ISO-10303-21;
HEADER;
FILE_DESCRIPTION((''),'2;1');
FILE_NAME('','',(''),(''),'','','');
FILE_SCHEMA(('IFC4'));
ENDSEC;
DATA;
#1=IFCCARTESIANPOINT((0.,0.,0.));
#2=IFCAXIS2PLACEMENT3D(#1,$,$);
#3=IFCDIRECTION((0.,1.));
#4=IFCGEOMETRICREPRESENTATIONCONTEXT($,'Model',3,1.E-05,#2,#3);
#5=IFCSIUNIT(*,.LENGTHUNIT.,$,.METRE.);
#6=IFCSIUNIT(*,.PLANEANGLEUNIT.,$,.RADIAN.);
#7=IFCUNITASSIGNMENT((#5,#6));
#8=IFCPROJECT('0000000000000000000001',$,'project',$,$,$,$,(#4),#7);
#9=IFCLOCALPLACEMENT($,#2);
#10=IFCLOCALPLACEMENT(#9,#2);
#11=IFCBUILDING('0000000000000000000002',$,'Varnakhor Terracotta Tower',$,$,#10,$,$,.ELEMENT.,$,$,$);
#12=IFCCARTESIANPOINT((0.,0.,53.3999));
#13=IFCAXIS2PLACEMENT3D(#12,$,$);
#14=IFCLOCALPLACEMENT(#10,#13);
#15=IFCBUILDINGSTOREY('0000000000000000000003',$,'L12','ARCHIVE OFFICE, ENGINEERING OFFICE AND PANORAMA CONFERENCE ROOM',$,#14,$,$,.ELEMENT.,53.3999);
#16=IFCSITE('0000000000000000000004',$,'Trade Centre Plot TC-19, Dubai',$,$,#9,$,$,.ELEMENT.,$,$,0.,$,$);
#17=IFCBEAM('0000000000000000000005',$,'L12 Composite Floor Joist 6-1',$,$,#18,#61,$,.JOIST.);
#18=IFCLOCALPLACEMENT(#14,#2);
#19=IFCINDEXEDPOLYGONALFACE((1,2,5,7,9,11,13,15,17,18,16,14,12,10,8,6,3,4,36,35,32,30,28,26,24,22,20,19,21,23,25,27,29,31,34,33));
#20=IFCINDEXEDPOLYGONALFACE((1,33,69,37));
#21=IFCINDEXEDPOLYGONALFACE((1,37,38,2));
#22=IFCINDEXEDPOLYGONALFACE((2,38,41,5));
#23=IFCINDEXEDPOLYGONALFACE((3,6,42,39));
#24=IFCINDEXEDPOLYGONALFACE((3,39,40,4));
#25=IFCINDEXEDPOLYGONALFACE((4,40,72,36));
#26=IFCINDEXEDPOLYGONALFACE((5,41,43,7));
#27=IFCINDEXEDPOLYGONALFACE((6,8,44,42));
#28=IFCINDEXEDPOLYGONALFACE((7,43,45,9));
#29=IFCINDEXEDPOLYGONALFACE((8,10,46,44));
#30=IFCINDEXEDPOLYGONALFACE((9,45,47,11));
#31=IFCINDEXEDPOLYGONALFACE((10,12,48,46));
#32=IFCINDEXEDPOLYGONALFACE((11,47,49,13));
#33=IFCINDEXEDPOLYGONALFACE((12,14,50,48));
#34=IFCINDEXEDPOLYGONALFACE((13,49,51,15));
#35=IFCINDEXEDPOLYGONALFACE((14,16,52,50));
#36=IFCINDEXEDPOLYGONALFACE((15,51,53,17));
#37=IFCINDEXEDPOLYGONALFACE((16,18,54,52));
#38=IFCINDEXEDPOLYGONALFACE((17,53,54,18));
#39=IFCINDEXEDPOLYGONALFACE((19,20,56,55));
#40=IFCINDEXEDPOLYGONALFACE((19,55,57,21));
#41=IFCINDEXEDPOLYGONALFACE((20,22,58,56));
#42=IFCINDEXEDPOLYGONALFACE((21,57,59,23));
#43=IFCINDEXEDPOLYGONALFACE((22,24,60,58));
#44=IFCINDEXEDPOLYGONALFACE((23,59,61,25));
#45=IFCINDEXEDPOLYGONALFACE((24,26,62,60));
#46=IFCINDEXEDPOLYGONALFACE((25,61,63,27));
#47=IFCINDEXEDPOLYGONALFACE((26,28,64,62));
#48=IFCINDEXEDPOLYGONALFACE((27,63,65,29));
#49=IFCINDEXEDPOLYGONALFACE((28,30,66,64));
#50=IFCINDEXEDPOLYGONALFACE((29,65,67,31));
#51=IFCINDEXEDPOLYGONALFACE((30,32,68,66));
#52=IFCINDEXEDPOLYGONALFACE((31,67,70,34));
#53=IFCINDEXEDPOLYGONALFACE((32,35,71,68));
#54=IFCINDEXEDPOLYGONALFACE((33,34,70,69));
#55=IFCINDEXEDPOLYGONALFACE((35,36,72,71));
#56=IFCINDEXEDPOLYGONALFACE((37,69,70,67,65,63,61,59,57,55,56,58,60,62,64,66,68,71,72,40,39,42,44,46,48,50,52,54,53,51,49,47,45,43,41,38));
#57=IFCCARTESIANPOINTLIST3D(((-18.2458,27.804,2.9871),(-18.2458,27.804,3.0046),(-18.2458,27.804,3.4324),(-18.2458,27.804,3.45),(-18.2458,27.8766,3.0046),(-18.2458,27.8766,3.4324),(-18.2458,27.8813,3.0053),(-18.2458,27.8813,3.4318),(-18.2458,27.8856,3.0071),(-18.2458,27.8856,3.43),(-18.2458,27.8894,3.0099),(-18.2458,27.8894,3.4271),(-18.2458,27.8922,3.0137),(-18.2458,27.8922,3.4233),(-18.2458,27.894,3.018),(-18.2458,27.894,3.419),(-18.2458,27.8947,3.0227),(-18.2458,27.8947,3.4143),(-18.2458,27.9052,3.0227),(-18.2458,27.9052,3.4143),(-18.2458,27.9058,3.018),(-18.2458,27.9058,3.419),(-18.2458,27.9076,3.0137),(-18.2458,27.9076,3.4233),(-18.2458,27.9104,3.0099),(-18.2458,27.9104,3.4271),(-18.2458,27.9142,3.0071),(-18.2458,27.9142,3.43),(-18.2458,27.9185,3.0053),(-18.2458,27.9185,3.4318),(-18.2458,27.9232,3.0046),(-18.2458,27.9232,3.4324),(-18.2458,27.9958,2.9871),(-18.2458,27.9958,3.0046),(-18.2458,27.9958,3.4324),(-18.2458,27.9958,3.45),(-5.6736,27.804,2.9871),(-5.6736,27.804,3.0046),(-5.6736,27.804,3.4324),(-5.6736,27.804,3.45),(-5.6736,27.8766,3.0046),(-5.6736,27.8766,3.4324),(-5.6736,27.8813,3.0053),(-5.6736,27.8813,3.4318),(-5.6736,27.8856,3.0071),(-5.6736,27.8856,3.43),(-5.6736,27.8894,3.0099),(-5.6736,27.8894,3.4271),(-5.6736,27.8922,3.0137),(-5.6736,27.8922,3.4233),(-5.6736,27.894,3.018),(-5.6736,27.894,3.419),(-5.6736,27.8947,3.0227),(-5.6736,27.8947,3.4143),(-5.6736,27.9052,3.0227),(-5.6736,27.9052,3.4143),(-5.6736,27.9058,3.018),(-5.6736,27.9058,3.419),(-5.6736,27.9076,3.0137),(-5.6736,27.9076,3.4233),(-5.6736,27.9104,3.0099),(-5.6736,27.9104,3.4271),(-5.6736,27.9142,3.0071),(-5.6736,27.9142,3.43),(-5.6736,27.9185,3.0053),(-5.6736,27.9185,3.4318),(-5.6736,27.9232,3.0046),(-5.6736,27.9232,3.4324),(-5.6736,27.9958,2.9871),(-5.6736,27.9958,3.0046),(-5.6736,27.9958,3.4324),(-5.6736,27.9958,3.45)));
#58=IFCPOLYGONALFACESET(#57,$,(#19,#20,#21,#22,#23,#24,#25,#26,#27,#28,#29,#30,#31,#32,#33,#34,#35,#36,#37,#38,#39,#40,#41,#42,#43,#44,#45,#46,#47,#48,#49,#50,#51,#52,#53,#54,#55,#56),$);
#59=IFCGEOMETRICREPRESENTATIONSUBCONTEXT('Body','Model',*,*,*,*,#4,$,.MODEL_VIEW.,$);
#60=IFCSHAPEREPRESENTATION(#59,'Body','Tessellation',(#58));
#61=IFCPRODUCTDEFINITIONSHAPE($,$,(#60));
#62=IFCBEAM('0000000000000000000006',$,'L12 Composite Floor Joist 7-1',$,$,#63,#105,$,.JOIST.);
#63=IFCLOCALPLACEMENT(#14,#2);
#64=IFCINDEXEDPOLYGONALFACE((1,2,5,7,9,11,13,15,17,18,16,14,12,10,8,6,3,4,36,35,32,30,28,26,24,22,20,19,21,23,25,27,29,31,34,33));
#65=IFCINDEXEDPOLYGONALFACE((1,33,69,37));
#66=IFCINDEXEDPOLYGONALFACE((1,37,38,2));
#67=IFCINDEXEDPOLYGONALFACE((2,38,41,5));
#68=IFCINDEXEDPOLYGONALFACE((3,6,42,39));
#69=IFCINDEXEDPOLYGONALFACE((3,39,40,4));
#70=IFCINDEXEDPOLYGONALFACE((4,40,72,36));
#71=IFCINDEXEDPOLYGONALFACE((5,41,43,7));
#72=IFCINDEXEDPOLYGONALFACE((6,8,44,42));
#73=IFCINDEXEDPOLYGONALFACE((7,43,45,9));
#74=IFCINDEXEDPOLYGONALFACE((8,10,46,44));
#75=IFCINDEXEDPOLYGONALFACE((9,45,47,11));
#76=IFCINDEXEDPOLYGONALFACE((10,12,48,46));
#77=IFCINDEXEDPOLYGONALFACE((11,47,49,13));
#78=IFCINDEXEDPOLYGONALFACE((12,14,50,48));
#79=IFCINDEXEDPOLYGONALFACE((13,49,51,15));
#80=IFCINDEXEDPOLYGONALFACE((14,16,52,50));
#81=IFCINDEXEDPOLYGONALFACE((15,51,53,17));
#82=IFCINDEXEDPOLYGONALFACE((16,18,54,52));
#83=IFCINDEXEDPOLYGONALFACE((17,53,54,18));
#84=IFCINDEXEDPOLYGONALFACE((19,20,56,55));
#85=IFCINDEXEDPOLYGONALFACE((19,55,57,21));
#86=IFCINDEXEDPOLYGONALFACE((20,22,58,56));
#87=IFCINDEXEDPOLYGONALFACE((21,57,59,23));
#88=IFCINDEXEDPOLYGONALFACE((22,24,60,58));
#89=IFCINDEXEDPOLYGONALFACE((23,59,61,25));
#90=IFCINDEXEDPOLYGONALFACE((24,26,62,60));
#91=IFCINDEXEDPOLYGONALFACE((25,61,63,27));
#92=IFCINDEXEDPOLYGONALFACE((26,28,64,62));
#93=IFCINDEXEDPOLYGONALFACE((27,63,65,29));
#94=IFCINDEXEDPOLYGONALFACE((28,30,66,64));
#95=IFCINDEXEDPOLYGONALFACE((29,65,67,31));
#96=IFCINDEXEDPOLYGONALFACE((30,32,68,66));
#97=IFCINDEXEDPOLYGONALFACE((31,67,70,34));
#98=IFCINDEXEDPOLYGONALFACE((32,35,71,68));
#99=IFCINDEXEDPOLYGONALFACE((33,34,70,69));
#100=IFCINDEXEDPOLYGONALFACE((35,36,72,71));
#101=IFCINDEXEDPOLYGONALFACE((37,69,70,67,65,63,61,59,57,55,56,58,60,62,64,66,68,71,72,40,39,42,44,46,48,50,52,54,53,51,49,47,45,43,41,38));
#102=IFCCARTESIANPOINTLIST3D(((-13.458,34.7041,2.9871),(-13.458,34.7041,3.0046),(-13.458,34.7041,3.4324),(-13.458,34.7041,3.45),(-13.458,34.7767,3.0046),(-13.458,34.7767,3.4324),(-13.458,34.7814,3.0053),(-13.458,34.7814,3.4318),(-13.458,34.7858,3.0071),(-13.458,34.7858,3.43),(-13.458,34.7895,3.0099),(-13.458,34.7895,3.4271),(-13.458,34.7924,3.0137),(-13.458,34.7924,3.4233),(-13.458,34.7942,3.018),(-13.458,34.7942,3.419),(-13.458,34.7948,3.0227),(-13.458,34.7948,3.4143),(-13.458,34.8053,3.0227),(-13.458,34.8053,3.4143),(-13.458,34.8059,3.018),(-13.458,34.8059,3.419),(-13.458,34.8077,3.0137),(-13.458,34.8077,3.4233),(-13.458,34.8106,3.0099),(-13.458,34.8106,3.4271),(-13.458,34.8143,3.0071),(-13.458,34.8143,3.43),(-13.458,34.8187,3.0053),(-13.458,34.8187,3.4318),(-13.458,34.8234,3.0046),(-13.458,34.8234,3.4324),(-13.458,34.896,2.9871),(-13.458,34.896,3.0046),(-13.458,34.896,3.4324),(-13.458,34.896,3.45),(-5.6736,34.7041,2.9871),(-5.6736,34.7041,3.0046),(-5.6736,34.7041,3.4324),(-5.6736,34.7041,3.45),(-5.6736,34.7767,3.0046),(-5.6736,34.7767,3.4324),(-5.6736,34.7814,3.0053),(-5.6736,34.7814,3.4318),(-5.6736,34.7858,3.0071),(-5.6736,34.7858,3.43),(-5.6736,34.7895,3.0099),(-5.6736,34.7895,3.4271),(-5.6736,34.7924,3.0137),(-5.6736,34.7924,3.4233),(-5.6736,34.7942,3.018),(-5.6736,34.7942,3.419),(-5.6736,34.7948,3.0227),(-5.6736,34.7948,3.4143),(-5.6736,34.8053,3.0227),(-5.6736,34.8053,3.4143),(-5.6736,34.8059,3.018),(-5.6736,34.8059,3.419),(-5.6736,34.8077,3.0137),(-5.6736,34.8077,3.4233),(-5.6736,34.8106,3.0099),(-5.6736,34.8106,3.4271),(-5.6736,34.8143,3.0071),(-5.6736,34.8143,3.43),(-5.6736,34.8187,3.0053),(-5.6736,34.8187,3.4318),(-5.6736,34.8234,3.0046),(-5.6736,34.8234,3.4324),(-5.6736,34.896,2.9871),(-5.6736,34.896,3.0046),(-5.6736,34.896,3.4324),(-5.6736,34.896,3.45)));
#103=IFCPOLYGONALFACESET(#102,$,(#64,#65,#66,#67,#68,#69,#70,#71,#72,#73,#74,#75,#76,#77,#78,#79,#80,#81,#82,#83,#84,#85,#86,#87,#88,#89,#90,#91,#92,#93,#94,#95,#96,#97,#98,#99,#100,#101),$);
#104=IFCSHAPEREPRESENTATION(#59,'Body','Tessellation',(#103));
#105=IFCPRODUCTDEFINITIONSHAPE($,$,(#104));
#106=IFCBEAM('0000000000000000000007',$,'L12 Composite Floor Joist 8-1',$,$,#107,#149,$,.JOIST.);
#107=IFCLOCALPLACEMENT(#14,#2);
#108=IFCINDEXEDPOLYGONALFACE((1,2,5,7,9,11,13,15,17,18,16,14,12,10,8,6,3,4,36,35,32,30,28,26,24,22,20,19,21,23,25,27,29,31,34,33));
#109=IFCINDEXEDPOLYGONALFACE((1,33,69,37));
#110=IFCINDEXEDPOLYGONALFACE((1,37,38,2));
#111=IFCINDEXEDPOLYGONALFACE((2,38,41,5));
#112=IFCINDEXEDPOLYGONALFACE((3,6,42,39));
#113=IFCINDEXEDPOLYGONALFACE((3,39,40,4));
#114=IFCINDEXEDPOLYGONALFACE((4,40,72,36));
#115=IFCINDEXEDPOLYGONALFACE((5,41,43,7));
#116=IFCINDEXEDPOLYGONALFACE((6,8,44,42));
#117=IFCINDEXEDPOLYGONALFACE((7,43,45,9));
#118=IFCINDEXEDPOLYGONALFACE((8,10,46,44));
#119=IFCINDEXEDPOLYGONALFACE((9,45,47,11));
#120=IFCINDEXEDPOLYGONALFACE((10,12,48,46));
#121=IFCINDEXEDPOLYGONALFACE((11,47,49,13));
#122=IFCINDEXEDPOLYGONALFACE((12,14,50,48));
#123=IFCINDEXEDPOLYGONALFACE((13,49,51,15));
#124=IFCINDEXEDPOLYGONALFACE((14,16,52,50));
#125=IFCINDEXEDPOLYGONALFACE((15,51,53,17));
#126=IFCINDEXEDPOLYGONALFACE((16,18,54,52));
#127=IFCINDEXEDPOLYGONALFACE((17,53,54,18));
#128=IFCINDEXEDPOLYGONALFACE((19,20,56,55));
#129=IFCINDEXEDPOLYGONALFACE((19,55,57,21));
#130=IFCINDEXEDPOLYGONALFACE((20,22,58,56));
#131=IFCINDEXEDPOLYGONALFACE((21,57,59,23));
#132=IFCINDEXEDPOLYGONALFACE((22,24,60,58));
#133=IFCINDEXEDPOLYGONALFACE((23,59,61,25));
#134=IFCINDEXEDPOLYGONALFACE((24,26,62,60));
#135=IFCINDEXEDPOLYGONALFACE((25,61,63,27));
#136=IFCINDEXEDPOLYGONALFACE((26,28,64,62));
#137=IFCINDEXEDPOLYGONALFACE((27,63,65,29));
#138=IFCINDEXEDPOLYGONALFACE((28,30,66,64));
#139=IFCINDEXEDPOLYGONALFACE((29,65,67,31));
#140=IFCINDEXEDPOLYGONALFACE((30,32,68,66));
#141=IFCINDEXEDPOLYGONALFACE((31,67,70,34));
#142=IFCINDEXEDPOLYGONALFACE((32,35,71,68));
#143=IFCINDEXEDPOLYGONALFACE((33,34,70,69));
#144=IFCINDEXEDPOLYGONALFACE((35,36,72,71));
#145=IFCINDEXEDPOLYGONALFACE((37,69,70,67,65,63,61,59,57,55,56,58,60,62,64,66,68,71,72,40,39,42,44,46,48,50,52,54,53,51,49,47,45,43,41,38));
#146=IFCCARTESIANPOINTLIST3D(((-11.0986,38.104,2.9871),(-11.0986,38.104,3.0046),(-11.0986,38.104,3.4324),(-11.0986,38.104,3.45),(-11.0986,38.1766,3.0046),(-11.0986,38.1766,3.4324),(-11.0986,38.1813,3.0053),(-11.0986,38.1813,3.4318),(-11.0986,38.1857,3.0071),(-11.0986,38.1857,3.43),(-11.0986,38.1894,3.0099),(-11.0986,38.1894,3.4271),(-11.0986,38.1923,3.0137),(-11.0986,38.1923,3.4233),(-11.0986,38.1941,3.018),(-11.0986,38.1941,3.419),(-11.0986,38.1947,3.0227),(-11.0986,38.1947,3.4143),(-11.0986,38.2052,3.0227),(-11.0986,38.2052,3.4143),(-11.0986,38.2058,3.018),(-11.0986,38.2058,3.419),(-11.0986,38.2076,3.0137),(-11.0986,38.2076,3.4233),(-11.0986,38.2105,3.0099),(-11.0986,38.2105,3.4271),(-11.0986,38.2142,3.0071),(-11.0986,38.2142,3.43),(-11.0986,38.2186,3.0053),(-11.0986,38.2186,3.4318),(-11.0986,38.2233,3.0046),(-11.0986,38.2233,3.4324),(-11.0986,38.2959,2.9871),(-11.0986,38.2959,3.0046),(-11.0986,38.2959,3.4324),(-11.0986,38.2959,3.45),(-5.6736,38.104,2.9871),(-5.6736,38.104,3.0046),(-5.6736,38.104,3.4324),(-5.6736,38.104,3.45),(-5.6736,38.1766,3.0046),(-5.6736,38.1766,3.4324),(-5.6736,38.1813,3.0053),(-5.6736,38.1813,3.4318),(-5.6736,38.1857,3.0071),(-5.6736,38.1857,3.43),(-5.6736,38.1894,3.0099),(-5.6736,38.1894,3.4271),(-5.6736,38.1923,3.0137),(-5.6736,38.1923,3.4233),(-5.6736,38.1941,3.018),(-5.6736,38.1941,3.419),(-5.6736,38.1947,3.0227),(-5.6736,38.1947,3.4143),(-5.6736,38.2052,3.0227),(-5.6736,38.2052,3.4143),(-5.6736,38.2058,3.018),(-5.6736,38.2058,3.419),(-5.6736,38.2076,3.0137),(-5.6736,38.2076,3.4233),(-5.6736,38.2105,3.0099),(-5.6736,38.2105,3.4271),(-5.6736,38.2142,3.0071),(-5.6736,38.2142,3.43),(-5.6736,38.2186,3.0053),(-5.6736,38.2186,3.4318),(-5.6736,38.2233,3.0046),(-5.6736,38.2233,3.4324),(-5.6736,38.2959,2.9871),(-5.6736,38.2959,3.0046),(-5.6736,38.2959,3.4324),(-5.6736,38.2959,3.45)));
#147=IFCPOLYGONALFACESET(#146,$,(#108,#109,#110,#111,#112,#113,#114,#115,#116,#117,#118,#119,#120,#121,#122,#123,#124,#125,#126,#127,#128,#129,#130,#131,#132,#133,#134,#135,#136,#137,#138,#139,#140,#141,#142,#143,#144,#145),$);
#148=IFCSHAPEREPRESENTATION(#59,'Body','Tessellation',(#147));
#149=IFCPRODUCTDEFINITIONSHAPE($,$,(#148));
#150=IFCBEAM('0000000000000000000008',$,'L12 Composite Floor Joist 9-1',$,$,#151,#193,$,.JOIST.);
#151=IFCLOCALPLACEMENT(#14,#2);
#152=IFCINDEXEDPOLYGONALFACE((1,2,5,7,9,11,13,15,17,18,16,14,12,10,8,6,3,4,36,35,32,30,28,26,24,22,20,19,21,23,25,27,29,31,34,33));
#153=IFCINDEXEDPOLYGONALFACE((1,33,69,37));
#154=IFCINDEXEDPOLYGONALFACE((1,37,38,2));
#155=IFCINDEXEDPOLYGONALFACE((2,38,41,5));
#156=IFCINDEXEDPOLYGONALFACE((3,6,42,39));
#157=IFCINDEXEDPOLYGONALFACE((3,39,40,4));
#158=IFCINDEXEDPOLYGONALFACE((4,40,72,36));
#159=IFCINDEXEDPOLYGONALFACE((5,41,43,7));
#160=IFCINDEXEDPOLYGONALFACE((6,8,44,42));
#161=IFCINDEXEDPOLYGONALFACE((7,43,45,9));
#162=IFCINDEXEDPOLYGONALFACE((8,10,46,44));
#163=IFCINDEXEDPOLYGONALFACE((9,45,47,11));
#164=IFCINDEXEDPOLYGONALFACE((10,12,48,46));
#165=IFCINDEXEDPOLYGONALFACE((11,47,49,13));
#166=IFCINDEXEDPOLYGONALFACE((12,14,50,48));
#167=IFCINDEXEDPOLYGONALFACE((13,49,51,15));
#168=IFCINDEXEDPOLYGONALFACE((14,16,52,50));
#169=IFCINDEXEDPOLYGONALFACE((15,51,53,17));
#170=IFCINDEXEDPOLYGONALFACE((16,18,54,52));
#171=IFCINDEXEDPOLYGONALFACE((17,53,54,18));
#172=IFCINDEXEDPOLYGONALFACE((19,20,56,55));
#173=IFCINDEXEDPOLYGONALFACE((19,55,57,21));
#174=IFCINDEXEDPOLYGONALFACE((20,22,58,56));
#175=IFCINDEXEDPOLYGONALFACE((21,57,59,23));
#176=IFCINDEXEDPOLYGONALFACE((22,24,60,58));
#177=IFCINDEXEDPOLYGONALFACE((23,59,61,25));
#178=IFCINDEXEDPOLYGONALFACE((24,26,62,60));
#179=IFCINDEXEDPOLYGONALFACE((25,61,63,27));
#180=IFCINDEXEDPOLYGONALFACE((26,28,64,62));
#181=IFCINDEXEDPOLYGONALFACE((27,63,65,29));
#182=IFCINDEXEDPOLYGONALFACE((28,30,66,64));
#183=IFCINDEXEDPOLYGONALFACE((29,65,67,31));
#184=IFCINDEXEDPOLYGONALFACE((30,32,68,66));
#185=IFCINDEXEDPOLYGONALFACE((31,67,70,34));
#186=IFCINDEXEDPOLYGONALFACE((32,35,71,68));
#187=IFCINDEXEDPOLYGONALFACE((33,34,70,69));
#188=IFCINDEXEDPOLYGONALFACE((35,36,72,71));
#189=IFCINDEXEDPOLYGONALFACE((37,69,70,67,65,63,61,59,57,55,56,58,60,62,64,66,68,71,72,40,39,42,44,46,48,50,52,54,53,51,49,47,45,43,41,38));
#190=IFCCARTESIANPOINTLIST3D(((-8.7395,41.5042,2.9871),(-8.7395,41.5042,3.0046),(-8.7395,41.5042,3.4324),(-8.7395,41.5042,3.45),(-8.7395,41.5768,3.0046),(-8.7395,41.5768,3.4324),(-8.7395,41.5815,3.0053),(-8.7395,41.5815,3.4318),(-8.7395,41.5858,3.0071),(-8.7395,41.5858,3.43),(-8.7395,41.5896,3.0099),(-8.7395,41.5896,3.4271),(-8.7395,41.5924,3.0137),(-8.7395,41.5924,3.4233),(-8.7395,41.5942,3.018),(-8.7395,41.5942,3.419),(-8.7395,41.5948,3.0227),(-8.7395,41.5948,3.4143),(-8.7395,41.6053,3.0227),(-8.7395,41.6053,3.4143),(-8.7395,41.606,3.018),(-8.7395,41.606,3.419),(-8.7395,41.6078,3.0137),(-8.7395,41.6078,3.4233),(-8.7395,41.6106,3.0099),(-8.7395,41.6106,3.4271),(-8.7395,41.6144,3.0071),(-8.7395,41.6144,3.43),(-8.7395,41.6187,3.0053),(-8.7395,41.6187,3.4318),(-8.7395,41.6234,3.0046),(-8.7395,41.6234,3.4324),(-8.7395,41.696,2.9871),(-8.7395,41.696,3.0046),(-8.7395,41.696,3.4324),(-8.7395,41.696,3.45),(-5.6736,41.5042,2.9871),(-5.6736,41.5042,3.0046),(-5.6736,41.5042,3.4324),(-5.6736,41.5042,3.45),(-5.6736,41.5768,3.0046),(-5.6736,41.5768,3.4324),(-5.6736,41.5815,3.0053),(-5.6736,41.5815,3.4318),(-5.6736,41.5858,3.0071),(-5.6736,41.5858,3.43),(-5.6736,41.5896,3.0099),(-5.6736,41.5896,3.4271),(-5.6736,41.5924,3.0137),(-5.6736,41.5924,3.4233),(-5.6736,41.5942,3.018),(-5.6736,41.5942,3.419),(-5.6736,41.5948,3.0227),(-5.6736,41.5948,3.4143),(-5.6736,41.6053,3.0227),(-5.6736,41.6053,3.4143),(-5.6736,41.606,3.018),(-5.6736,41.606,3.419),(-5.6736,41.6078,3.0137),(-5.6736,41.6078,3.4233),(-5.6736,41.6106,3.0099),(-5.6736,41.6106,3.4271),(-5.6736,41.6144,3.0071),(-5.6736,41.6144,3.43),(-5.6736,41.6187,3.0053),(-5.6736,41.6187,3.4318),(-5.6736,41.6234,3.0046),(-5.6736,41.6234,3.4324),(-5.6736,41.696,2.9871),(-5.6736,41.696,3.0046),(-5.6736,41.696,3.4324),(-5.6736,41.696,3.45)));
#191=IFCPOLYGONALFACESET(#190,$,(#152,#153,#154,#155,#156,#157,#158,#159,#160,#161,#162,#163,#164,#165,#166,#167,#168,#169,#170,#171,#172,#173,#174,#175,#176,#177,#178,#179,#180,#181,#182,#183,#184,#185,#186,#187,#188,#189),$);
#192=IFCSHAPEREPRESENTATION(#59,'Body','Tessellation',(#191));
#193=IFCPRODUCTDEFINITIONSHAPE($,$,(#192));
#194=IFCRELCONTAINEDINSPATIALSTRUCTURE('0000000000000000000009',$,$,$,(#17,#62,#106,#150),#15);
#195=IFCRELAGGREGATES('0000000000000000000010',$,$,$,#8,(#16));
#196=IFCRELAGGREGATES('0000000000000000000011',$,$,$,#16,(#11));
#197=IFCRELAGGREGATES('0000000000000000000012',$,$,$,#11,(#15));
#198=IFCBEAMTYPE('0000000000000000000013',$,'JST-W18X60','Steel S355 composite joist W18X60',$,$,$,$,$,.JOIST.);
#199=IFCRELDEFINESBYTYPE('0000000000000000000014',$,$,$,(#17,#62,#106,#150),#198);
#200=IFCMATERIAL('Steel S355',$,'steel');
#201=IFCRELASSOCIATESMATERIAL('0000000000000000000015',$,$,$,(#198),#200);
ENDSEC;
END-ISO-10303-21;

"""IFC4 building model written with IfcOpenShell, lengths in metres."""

from ifc_helpers import new_model, si_unit, direction, frame, origin, origin_2d, place, context, subcontext, project, spatial, i_section, extrude, source, transform, mapped, material, material_profile, profile_set, type_object, element, save


model = new_model("IFC4")

# Units and contexts
model_context = context("Model", 3, precision=1e-05, world=origin(), true_north=direction((0.0, 1.0)))
body_context = subcontext(model_context, "Body", "Model", "MODEL_VIEW")
ifc_project = project(units=[si_unit("LENGTHUNIT", "METRE"), si_unit("PLANEANGLEUNIT", "RADIAN")], contexts=[model_context])

# Site, building, storey
site_placement = place(None, origin())
site = spatial("IfcSite", under=ifc_project, at=site_placement, Name="Trade Centre Plot TC-19, Dubai", CompositionType="ELEMENT", RefElevation=0.0)
building_placement = place(site_placement, origin())
building = spatial("IfcBuilding", under=site, at=building_placement, Name="Varnakhor Terracotta Tower", CompositionType="ELEMENT")
storey_placement = place(building_placement, frame((0.0, 0.0, 53.3999)))
storey = spatial("IfcBuildingStorey", under=building, at=storey_placement, Name="L12", Description="ARCHIVE OFFICE, ENGINEERING OFFICE AND PANORAMA CONFERENCE ROOM", CompositionType="ELEMENT", Elevation=53.3999)

# Beams
ifc_material_1 = material(Name="Steel S355", Category="steel")
ifc_material_profile_1 = material_profile(ifc_material_1, i_section(OverallWidth=0.1919, OverallDepth=0.4629, WebThickness=0.0105, FlangeThickness=0.0176, FilletRadius=0.0181, at=origin_2d()), Name="W18X60")
ifc_profile_set_1 = profile_set([ifc_material_profile_1], Name="Steel S355")
beam_type_1 = type_object("IfcBeamType", Name="JST-W18X60", Description="Steel S355 composite joist W18X60", PredefinedType="JOIST", material=ifc_profile_set_1)
shared_shape_1 = source(origin(), body_context, "Body", "SweptSolid", [
    extrude(i_section(OverallWidth=0.1919, OverallDepth=0.4629, WebThickness=0.0105, FlangeThickness=0.0176, FilletRadius=0.0181, at=origin_2d()), origin(), (0.0, 0.0, 1.0), 12.5723),
])
beam_1_placement = place(storey_placement, frame((-18.2458, 27.8999, 3.2185), z_axis=(1.0, 0.0, 0.0), x_axis=(0.0, 1.0, 0.0)))
element("IfcBeam", 1, at=beam_1_placement, inside=storey, type_object=beam_type_1, Name="L12 Composite Floor Joist 6-1", PredefinedType="JOIST", context=body_context, shape_type="MappedRepresentation", body=[
    mapped(shared_shape_1, transform((0.0, 0.0, 0.0), scale=1.0)),
])
shared_shape_2 = source(origin(), body_context, "Body", "SweptSolid", [
    extrude(i_section(OverallWidth=0.1919, OverallDepth=0.4629, WebThickness=0.0105, FlangeThickness=0.0176, FilletRadius=0.0181, at=origin_2d()), origin(), (0.0, 0.0, 1.0), 7.7844),
])
beam_2_placement = place(storey_placement, frame((-13.458, 34.8, 3.2185), z_axis=(1.0, 0.0, 0.0), x_axis=(0.0, 1.0, 0.0)))
element("IfcBeam", 2, at=beam_2_placement, inside=storey, type_object=beam_type_1, Name="L12 Composite Floor Joist 7-1", PredefinedType="JOIST", context=body_context, shape_type="MappedRepresentation", body=[
    mapped(shared_shape_2, transform((0.0, 0.0, 0.0), scale=1.0)),
])
shared_shape_3 = source(origin(), body_context, "Body", "SweptSolid", [
    extrude(i_section(OverallWidth=0.1919, OverallDepth=0.4629, WebThickness=0.0105, FlangeThickness=0.0176, FilletRadius=0.0181, at=origin_2d()), origin(), (0.0, 0.0, 1.0), 5.425),
])
beam_3_placement = place(storey_placement, frame((-11.0986, 38.2, 3.2185), z_axis=(1.0, 0.0, 0.0), x_axis=(0.0, 1.0, 0.0)))
element("IfcBeam", 3, at=beam_3_placement, inside=storey, type_object=beam_type_1, Name="L12 Composite Floor Joist 8-1", PredefinedType="JOIST", context=body_context, shape_type="MappedRepresentation", body=[
    mapped(shared_shape_3, transform((0.0, 0.0, 0.0), scale=1.0)),
])
shared_shape_4 = source(origin(), body_context, "Body", "SweptSolid", [
    extrude(i_section(OverallWidth=0.1919, OverallDepth=0.4629, WebThickness=0.0105, FlangeThickness=0.0176, FilletRadius=0.0181, at=origin_2d()), origin(), (0.0, 0.0, 1.0), 3.0659),
])
beam_4_placement = place(storey_placement, frame((-8.7395, 41.6001, 3.2185), z_axis=(1.0, 0.0, 0.0), x_axis=(0.0, 1.0, 0.0)))
element("IfcBeam", 4, at=beam_4_placement, inside=storey, type_object=beam_type_1, Name="L12 Composite Floor Joist 9-1", PredefinedType="JOIST", context=body_context, shape_type="MappedRepresentation", body=[
    mapped(shared_shape_4, transform((0.0, 0.0, 0.0), scale=1.0)),
])

save(model, "model.ifc")
